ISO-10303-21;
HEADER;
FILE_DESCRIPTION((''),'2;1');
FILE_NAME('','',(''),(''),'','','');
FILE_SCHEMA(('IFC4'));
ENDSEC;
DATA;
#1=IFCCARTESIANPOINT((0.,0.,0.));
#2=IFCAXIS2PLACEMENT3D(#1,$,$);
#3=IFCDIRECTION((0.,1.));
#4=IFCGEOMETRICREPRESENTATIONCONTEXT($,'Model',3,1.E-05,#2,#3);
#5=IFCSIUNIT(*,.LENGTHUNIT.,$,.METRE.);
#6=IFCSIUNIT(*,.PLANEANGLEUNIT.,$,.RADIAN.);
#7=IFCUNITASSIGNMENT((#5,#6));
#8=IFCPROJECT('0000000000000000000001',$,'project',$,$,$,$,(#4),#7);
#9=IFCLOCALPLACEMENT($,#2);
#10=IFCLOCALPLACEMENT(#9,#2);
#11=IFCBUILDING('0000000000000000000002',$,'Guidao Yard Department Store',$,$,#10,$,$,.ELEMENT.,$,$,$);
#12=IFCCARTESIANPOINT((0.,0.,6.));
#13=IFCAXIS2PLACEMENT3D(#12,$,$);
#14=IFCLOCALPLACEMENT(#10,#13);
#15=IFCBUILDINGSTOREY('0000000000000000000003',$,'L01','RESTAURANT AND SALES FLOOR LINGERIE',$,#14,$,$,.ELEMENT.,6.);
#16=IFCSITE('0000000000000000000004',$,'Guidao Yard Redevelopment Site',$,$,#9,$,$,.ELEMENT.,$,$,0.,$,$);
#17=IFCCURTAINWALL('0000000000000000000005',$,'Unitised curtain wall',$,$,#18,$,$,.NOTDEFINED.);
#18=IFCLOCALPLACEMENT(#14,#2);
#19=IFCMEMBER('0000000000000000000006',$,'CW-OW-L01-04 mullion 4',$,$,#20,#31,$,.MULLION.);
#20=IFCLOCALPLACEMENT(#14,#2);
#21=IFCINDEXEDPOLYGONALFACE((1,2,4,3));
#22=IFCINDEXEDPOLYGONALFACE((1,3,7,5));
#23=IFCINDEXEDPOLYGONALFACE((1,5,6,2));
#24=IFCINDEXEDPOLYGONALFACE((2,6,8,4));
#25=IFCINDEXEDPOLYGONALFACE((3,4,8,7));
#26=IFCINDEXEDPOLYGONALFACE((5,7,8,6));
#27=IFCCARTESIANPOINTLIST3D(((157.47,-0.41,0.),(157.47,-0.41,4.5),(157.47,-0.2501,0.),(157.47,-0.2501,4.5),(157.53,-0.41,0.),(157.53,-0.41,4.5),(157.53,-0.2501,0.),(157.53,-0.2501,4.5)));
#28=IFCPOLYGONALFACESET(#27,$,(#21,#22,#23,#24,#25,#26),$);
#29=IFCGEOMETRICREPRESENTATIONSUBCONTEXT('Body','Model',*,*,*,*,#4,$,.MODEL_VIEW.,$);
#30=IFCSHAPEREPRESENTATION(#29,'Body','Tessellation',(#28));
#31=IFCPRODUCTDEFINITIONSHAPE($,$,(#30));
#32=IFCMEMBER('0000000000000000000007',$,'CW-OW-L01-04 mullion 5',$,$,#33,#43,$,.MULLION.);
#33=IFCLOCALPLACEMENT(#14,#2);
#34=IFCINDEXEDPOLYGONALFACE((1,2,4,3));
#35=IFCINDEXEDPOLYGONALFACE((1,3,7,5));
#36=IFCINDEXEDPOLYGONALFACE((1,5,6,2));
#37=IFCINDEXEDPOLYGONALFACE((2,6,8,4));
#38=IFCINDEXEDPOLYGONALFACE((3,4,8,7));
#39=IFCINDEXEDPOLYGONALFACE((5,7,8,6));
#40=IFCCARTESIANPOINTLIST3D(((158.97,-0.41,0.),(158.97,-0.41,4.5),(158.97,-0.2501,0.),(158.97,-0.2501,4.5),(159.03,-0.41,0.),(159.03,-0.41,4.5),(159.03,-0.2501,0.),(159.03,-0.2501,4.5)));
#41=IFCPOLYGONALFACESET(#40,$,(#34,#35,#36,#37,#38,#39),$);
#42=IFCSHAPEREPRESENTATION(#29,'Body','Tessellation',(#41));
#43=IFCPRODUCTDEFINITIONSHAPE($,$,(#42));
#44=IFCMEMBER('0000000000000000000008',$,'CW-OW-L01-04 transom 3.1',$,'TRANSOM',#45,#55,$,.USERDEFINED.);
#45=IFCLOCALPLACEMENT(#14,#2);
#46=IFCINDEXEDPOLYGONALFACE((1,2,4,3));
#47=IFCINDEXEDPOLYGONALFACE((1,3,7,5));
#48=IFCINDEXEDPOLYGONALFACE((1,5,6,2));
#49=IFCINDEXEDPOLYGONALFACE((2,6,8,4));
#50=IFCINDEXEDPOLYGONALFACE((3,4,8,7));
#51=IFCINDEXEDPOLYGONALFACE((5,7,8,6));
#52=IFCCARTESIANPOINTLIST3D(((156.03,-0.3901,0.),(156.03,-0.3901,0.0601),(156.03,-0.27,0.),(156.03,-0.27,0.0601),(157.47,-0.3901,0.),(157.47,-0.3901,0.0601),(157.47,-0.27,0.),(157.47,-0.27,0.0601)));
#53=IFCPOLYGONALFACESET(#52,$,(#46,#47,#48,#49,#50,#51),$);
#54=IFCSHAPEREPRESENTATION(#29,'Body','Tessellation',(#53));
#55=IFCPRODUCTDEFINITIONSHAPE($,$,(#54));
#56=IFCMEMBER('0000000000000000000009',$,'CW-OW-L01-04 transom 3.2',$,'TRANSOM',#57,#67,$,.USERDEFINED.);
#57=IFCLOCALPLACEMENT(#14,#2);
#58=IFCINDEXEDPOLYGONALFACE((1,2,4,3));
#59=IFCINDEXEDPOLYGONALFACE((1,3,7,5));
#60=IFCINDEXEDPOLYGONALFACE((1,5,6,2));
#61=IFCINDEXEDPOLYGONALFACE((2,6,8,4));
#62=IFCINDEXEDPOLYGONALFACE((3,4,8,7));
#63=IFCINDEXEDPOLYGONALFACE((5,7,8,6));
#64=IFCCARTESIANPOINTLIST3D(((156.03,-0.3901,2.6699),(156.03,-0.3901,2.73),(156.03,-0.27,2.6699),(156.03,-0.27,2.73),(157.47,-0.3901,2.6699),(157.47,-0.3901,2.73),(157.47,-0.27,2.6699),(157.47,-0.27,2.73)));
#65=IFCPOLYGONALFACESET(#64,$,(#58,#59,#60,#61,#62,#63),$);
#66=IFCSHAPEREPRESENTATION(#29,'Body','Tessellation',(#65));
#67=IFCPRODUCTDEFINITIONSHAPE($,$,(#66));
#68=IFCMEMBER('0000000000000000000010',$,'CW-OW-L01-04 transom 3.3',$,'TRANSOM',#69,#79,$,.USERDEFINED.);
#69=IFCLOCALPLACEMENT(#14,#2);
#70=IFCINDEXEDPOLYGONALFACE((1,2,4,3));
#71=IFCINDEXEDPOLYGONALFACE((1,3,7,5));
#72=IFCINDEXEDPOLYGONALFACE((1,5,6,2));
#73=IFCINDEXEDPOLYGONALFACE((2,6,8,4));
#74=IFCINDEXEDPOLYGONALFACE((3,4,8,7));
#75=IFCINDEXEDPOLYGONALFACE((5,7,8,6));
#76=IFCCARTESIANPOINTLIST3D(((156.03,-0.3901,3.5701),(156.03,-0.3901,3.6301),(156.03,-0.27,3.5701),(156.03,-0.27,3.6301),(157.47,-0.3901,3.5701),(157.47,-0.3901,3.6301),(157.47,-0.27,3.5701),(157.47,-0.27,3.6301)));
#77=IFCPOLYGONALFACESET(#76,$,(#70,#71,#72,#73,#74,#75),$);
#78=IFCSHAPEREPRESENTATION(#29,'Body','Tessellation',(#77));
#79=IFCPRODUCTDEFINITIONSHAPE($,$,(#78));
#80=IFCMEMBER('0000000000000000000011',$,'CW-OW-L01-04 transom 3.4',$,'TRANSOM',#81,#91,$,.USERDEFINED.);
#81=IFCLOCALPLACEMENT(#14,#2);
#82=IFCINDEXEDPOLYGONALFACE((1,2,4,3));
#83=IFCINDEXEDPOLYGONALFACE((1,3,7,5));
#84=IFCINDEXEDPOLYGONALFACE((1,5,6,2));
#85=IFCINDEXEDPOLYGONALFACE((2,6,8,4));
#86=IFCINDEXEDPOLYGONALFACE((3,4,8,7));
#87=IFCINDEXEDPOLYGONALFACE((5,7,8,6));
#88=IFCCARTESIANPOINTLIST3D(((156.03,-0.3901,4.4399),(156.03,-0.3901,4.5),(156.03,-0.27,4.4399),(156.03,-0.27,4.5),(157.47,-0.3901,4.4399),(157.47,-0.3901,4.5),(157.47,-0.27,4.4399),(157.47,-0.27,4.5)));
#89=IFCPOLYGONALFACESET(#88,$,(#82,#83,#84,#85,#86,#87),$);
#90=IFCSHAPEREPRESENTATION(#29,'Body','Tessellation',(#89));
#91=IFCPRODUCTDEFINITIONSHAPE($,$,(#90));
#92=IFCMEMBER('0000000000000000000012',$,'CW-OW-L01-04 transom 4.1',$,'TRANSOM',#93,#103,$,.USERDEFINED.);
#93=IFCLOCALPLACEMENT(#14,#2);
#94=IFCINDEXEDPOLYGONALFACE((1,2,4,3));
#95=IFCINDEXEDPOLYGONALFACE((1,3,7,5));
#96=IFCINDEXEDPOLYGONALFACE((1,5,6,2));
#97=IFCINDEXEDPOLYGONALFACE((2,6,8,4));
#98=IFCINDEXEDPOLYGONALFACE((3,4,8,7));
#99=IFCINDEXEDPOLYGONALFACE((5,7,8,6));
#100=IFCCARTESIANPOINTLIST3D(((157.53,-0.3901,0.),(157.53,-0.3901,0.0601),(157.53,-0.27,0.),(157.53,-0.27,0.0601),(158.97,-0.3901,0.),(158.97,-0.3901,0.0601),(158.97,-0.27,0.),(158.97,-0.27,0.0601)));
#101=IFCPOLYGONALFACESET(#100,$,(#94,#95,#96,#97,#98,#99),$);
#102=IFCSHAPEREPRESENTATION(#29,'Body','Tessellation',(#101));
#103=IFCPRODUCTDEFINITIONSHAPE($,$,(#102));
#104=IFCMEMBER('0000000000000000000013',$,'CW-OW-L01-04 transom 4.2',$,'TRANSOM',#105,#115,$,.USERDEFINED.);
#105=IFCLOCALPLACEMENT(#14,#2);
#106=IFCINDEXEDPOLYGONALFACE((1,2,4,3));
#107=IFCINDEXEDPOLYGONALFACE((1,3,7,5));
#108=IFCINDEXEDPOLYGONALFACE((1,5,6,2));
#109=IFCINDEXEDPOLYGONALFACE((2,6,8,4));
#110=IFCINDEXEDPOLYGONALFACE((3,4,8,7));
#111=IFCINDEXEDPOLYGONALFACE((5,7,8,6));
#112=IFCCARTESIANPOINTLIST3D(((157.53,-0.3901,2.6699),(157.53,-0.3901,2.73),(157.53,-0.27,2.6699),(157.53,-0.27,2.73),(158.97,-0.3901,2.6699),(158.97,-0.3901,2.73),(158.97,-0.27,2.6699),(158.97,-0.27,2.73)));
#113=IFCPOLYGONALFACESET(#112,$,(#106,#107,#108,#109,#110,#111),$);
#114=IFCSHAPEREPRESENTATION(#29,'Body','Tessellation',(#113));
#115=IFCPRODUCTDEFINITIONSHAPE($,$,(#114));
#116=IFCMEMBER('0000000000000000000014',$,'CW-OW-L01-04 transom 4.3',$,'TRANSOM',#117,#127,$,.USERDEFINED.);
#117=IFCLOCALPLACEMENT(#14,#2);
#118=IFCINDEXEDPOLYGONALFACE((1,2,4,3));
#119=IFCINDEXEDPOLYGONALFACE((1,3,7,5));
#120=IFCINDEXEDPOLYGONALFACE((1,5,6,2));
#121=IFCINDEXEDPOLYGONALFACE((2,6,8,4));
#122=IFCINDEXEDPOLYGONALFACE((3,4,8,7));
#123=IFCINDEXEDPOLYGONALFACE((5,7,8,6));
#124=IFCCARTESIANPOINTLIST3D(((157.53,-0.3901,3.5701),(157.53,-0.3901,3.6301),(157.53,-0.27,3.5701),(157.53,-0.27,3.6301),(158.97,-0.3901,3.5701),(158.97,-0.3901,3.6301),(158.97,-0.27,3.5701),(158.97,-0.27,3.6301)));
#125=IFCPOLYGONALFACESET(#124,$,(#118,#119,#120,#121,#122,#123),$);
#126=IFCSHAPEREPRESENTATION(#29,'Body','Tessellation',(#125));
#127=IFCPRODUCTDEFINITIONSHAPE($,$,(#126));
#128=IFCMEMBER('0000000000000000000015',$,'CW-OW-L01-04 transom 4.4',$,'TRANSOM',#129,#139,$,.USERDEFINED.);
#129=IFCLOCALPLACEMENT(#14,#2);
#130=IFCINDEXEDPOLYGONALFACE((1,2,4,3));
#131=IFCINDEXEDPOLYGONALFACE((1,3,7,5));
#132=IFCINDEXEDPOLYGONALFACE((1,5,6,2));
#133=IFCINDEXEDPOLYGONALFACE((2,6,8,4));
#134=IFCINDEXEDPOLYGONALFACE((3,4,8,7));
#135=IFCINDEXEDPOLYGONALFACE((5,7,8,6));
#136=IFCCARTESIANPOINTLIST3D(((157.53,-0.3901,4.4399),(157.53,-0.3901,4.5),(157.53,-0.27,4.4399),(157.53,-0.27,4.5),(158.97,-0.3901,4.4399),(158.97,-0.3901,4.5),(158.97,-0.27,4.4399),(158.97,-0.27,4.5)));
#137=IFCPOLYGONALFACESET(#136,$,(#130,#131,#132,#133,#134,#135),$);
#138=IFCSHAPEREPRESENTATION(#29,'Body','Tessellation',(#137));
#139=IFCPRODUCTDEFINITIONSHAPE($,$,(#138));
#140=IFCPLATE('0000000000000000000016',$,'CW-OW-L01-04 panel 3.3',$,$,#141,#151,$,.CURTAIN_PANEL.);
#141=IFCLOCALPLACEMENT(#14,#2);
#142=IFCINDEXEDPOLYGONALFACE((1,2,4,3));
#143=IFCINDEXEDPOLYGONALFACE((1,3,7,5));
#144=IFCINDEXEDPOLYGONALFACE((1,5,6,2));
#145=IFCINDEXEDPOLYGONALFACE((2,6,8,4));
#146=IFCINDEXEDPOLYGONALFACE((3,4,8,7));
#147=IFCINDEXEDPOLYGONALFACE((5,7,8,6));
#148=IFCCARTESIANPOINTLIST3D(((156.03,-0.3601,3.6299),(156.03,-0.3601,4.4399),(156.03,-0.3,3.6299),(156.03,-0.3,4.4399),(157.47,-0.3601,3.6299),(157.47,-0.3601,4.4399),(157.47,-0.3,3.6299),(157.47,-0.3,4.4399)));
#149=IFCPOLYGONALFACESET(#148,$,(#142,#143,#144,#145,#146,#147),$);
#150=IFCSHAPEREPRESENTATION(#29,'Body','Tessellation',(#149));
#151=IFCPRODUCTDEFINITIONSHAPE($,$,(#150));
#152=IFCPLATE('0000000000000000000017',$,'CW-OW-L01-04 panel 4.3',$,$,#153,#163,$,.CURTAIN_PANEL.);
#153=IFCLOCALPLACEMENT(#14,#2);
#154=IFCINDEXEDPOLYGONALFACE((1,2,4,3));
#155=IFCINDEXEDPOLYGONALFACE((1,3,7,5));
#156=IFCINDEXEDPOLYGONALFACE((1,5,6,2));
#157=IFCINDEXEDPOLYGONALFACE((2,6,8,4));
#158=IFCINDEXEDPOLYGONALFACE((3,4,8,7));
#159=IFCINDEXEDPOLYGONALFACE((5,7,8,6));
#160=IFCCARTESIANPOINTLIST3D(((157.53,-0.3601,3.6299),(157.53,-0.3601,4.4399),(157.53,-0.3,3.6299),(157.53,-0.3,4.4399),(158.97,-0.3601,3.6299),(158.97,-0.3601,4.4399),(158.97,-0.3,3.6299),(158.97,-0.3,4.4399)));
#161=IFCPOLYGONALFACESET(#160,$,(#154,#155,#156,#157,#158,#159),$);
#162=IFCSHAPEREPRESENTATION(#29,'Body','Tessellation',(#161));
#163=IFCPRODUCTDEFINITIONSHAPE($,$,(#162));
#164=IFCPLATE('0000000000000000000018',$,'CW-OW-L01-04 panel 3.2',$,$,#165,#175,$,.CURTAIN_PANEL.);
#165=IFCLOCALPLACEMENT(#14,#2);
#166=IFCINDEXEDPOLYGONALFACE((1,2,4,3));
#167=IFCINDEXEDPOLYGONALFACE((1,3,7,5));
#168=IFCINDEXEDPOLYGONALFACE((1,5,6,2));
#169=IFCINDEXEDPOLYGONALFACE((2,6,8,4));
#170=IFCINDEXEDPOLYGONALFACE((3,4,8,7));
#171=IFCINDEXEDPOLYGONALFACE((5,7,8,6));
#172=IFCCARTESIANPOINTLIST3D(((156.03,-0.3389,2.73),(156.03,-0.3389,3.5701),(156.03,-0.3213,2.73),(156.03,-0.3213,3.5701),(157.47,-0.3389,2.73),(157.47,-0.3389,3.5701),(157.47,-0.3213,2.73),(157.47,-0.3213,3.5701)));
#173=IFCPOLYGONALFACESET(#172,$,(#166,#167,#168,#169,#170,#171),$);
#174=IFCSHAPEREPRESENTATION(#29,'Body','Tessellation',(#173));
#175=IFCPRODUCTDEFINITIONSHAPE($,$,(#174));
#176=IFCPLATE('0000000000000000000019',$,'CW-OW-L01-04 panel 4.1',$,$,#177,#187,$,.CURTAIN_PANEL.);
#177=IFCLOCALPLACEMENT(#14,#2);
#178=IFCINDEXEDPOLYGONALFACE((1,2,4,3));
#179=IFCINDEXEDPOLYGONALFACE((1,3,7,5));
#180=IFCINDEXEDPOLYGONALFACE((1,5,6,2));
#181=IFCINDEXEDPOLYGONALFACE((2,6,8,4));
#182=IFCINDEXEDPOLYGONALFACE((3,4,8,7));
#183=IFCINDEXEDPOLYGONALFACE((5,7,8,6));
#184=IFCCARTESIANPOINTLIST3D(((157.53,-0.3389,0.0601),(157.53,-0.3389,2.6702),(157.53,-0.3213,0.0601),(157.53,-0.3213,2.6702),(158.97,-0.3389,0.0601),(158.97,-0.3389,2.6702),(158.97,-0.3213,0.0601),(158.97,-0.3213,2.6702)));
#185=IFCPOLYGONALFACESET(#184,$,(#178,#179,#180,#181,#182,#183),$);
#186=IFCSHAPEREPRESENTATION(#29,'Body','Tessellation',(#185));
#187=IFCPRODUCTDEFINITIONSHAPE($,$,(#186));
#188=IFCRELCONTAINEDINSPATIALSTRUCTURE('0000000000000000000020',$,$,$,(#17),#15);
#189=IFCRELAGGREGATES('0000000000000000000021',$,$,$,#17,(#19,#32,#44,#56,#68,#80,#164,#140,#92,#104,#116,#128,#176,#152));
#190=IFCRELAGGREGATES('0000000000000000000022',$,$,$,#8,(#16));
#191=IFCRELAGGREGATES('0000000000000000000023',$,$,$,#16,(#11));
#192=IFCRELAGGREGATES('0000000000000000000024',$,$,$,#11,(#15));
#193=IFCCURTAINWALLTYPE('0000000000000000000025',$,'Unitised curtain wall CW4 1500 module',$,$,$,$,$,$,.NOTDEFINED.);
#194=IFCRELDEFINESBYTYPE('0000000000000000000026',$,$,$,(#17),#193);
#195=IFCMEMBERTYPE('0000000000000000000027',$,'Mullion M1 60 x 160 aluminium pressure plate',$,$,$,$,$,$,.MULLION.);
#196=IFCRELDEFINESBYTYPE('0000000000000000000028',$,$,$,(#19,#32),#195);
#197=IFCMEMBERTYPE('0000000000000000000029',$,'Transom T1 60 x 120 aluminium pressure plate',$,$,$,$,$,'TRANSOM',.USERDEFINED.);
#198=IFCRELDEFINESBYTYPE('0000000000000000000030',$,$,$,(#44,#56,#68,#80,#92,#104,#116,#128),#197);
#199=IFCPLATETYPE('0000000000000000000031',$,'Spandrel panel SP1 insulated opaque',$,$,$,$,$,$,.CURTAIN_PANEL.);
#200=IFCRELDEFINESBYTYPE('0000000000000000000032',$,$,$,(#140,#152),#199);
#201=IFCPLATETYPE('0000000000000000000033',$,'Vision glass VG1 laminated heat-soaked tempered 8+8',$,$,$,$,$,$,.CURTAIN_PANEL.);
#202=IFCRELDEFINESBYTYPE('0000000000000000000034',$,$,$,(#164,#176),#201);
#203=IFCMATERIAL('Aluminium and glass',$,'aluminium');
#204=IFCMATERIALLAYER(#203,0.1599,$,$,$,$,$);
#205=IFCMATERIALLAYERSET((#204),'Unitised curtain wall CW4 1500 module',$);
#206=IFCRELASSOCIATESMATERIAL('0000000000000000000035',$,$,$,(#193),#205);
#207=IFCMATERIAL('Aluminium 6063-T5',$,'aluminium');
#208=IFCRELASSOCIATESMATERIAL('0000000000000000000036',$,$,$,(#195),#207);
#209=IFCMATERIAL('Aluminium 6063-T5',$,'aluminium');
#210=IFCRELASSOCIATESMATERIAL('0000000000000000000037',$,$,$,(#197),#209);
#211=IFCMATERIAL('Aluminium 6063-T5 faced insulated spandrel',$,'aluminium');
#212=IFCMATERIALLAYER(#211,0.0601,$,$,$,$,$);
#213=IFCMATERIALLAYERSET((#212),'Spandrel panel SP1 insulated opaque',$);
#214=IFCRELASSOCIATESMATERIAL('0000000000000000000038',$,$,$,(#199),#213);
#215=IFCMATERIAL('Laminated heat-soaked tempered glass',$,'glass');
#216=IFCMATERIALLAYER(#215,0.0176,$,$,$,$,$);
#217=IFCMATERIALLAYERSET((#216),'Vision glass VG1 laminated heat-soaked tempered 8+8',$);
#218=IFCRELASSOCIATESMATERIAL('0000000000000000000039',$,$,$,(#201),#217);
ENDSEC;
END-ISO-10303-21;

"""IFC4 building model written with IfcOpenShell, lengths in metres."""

from ifc_helpers import new_model, si_unit, direction, frame, origin, origin_2d, place, context, subcontext, project, spatial, rectangle, extrude, material, layer, layer_set, material_profile, profile_set, type_object, element, aggregate, save


model = new_model("IFC4")

# Units and contexts
model_context = context("Model", 3, precision=1e-05, world=origin(), true_north=direction((0.0, 1.0)))
body_context = subcontext(model_context, "Body", "Model", "MODEL_VIEW")
ifc_project = project(units=[si_unit("LENGTHUNIT", "METRE"), si_unit("PLANEANGLEUNIT", "RADIAN")], contexts=[model_context])

# Site, building, storey
site_placement = place(None, origin())
site = spatial("IfcSite", under=ifc_project, at=site_placement, Name="Guidao Yard Redevelopment Site", CompositionType="ELEMENT", RefElevation=0.0)
building_placement = place(site_placement, origin())
building = spatial("IfcBuilding", under=site, at=building_placement, Name="Guidao Yard Department Store", CompositionType="ELEMENT")
storey_placement = place(building_placement, frame((0.0, 0.0, 6.0)))
storey = spatial("IfcBuildingStorey", under=building, at=storey_placement, Name="L01", Description="RESTAURANT AND SALES FLOOR LINGERIE", CompositionType="ELEMENT", Elevation=6.0)

# Curtain wall, members, plates
ifc_material_1 = material(Name="Aluminium and glass", Category="aluminium")
ifc_layer_1 = layer(ifc_material_1, 0.1599)
ifc_layer_set_1 = layer_set([ifc_layer_1], Name="Unitised curtain wall CW4 1500 module")
curtain_wall_type = type_object("IfcCurtainWallType", Name="Unitised curtain wall CW4 1500 module", PredefinedType="NOTDEFINED", material=ifc_layer_set_1)
curtain_wall_placement = place(storey_placement, origin())
curtain_wall = element("IfcCurtainWall", 1, at=curtain_wall_placement, inside=storey, type_object=curtain_wall_type, Name="Unitised curtain wall", PredefinedType="NOTDEFINED")
ifc_material_2 = material(Name="Aluminium 6063-T5", Category="aluminium")
ifc_material_profile_1 = material_profile(ifc_material_2, rectangle(XDim=0.0601, YDim=0.1599, at=origin_2d()), Name="Mullion M1 60 x 160 aluminium pressure plate")
ifc_profile_set_1 = profile_set([ifc_material_profile_1], Name="Aluminium 6063-T5")
member_type_1 = type_object("IfcMemberType", Name="Mullion M1 60 x 160 aluminium pressure plate", PredefinedType="MULLION", material=ifc_profile_set_1)
member_1_placement = place(storey_placement, frame((157.5, -0.3301, 0.0), z_axis=(0.0, 0.0, 1.0), x_axis=(-1.0, 0.0, 0.0)))
member_1 = element("IfcMember", 2, at=member_1_placement, type_object=member_type_1, Name="CW-OW-L01-04 mullion 4", PredefinedType="MULLION", context=body_context, shape_type="SweptSolid", body=[
    extrude(rectangle(XDim=0.0601, YDim=0.1599, at=origin_2d()), origin(), (0.0, 0.0, 1.0), 4.5),
])
member_2_placement = place(storey_placement, frame((159.0, -0.3301, 0.0), z_axis=(0.0, 0.0, 1.0), x_axis=(-1.0, 0.0, 0.0)))
member_2 = element("IfcMember", 3, at=member_2_placement, type_object=member_type_1, Name="CW-OW-L01-04 mullion 5", PredefinedType="MULLION", context=body_context, shape_type="SweptSolid", body=[
    extrude(rectangle(XDim=0.0601, YDim=0.1599, at=origin_2d()), origin(), (0.0, 0.0, 1.0), 4.5),
])
ifc_material_3 = material(Name="Aluminium 6063-T5", Category="aluminium")
ifc_material_profile_2 = material_profile(ifc_material_3, rectangle(XDim=0.1201, YDim=0.0601, at=origin_2d()), Name="Transom T1 60 x 120 aluminium pressure plate")
ifc_profile_set_2 = profile_set([ifc_material_profile_2], Name="Aluminium 6063-T5")
member_type_2 = type_object("IfcMemberType", Name="Transom T1 60 x 120 aluminium pressure plate", ElementType="TRANSOM", PredefinedType="USERDEFINED", material=ifc_profile_set_2)
member_3_placement = place(storey_placement, frame((157.47, -0.3301, 0.03), z_axis=(-1.0, 0.0, 0.0), x_axis=(0.0, -1.0, 0.0)))
member_3 = element("IfcMember", 4, at=member_3_placement, type_object=member_type_2, Name="CW-OW-L01-04 transom 3.1", ObjectType="TRANSOM", PredefinedType="USERDEFINED", context=body_context, shape_type="SweptSolid", body=[
    extrude(rectangle(XDim=0.1201, YDim=0.0601, at=origin_2d()), origin(), (0.0, 0.0, 1.0), 1.4399),
])
member_4_placement = place(storey_placement, frame((157.47, -0.3301, 2.7), z_axis=(-1.0, 0.0, 0.0), x_axis=(0.0, -1.0, 0.0)))
member_4 = element("IfcMember", 5, at=member_4_placement, type_object=member_type_2, Name="CW-OW-L01-04 transom 3.2", ObjectType="TRANSOM", PredefinedType="USERDEFINED", context=body_context, shape_type="SweptSolid", body=[
    extrude(rectangle(XDim=0.1201, YDim=0.0601, at=origin_2d()), origin(), (0.0, 0.0, 1.0), 1.4399),
])
member_5_placement = place(storey_placement, frame((157.47, -0.3301, 3.6001), z_axis=(-1.0, 0.0, 0.0), x_axis=(0.0, -1.0, 0.0)))
member_5 = element("IfcMember", 6, at=member_5_placement, type_object=member_type_2, Name="CW-OW-L01-04 transom 3.3", ObjectType="TRANSOM", PredefinedType="USERDEFINED", context=body_context, shape_type="SweptSolid", body=[
    extrude(rectangle(XDim=0.1201, YDim=0.0601, at=origin_2d()), origin(), (0.0, 0.0, 1.0), 1.4399),
])
member_6_placement = place(storey_placement, frame((157.47, -0.3301, 4.47), z_axis=(-1.0, 0.0, 0.0), x_axis=(0.0, -1.0, 0.0)))
member_6 = element("IfcMember", 7, at=member_6_placement, type_object=member_type_2, Name="CW-OW-L01-04 transom 3.4", ObjectType="TRANSOM", PredefinedType="USERDEFINED", context=body_context, shape_type="SweptSolid", body=[
    extrude(rectangle(XDim=0.1201, YDim=0.0601, at=origin_2d()), origin(), (0.0, 0.0, 1.0), 1.4399),
])
member_7_placement = place(storey_placement, frame((158.97, -0.3301, 0.03), z_axis=(-1.0, 0.0, 0.0), x_axis=(0.0, -1.0, 0.0)))
member_7 = element("IfcMember", 8, at=member_7_placement, type_object=member_type_2, Name="CW-OW-L01-04 transom 4.1", ObjectType="TRANSOM", PredefinedType="USERDEFINED", context=body_context, shape_type="SweptSolid", body=[
    extrude(rectangle(XDim=0.1201, YDim=0.0601, at=origin_2d()), origin(), (0.0, 0.0, 1.0), 1.4399),
])
member_8_placement = place(storey_placement, frame((158.97, -0.3301, 2.7), z_axis=(-1.0, 0.0, 0.0), x_axis=(0.0, -1.0, 0.0)))
member_8 = element("IfcMember", 9, at=member_8_placement, type_object=member_type_2, Name="CW-OW-L01-04 transom 4.2", ObjectType="TRANSOM", PredefinedType="USERDEFINED", context=body_context, shape_type="SweptSolid", body=[
    extrude(rectangle(XDim=0.1201, YDim=0.0601, at=origin_2d()), origin(), (0.0, 0.0, 1.0), 1.4399),
])
member_9_placement = place(storey_placement, frame((158.97, -0.3301, 3.6001), z_axis=(-1.0, 0.0, 0.0), x_axis=(0.0, -1.0, 0.0)))
member_9 = element("IfcMember", 10, at=member_9_placement, type_object=member_type_2, Name="CW-OW-L01-04 transom 4.3", ObjectType="TRANSOM", PredefinedType="USERDEFINED", context=body_context, shape_type="SweptSolid", body=[
    extrude(rectangle(XDim=0.1201, YDim=0.0601, at=origin_2d()), origin(), (0.0, 0.0, 1.0), 1.4399),
])
member_10_placement = place(storey_placement, frame((158.97, -0.3301, 4.47), z_axis=(-1.0, 0.0, 0.0), x_axis=(0.0, -1.0, 0.0)))
member_10 = element("IfcMember", 11, at=member_10_placement, type_object=member_type_2, Name="CW-OW-L01-04 transom 4.4", ObjectType="TRANSOM", PredefinedType="USERDEFINED", context=body_context, shape_type="SweptSolid", body=[
    extrude(rectangle(XDim=0.1201, YDim=0.0601, at=origin_2d()), origin(), (0.0, 0.0, 1.0), 1.4399),
])
ifc_material_4 = material(Name="Aluminium 6063-T5 faced insulated spandrel", Category="aluminium")
ifc_layer_2 = layer(ifc_material_4, 0.0601)
ifc_layer_set_2 = layer_set([ifc_layer_2], Name="Spandrel panel SP1 insulated opaque")
plate_type_1 = type_object("IfcPlateType", Name="Spandrel panel SP1 insulated opaque", PredefinedType="CURTAIN_PANEL", material=ifc_layer_set_2)
plate_1_placement = place(storey_placement, frame((156.75, -0.3301, 3.6299), z_axis=(0.0, 0.0, 1.0), x_axis=(-1.0, 0.0, 0.0)))
plate_1 = element("IfcPlate", 12, at=plate_1_placement, type_object=plate_type_1, Name="CW-OW-L01-04 panel 3.3", PredefinedType="CURTAIN_PANEL", context=body_context, shape_type="SweptSolid", body=[
    extrude(rectangle(XDim=1.4399, YDim=0.0601, at=origin_2d()), origin(), (0.0, 0.0, 1.0), 0.8101),
])
plate_2_placement = place(storey_placement, frame((158.25, -0.3301, 3.6299), z_axis=(0.0, 0.0, 1.0), x_axis=(-1.0, 0.0, 0.0)))
plate_2 = element("IfcPlate", 13, at=plate_2_placement, type_object=plate_type_1, Name="CW-OW-L01-04 panel 4.3", PredefinedType="CURTAIN_PANEL", context=body_context, shape_type="SweptSolid", body=[
    extrude(rectangle(XDim=1.4399, YDim=0.0601, at=origin_2d()), origin(), (0.0, 0.0, 1.0), 0.8101),
])
ifc_material_5 = material(Name="Laminated heat-soaked tempered glass", Category="glass")
ifc_layer_3 = layer(ifc_material_5, 0.0176)
ifc_layer_set_3 = layer_set([ifc_layer_3], Name="Vision glass VG1 laminated heat-soaked tempered 8+8")
plate_type_2 = type_object("IfcPlateType", Name="Vision glass VG1 laminated heat-soaked tempered 8+8", PredefinedType="CURTAIN_PANEL", material=ifc_layer_set_3)
plate_3_placement = place(storey_placement, frame((156.75, -0.3301, 2.73), z_axis=(0.0, 0.0, 1.0), x_axis=(-1.0, 0.0, 0.0)))
plate_3 = element("IfcPlate", 14, at=plate_3_placement, type_object=plate_type_2, Name="CW-OW-L01-04 panel 3.2", PredefinedType="CURTAIN_PANEL", context=body_context, shape_type="SweptSolid", body=[
    extrude(rectangle(XDim=1.4399, YDim=0.0176, at=origin_2d()), origin(), (0.0, 0.0, 1.0), 0.8401),
])
plate_4_placement = place(storey_placement, frame((158.25, -0.3301, 0.0601), z_axis=(0.0, 0.0, 1.0), x_axis=(-1.0, 0.0, 0.0)))
plate_4 = element("IfcPlate", 15, at=plate_4_placement, type_object=plate_type_2, Name="CW-OW-L01-04 panel 4.1", PredefinedType="CURTAIN_PANEL", context=body_context, shape_type="SweptSolid", body=[
    extrude(rectangle(XDim=1.4399, YDim=0.0176, at=origin_2d()), origin(), (0.0, 0.0, 1.0), 2.6101),
])
aggregate(curtain_wall, [member_1, member_2, member_3, member_4, member_5, member_6, plate_3, plate_1, member_7, member_8, member_9, member_10, plate_4, plate_2])

save(model, "model.ifc")
